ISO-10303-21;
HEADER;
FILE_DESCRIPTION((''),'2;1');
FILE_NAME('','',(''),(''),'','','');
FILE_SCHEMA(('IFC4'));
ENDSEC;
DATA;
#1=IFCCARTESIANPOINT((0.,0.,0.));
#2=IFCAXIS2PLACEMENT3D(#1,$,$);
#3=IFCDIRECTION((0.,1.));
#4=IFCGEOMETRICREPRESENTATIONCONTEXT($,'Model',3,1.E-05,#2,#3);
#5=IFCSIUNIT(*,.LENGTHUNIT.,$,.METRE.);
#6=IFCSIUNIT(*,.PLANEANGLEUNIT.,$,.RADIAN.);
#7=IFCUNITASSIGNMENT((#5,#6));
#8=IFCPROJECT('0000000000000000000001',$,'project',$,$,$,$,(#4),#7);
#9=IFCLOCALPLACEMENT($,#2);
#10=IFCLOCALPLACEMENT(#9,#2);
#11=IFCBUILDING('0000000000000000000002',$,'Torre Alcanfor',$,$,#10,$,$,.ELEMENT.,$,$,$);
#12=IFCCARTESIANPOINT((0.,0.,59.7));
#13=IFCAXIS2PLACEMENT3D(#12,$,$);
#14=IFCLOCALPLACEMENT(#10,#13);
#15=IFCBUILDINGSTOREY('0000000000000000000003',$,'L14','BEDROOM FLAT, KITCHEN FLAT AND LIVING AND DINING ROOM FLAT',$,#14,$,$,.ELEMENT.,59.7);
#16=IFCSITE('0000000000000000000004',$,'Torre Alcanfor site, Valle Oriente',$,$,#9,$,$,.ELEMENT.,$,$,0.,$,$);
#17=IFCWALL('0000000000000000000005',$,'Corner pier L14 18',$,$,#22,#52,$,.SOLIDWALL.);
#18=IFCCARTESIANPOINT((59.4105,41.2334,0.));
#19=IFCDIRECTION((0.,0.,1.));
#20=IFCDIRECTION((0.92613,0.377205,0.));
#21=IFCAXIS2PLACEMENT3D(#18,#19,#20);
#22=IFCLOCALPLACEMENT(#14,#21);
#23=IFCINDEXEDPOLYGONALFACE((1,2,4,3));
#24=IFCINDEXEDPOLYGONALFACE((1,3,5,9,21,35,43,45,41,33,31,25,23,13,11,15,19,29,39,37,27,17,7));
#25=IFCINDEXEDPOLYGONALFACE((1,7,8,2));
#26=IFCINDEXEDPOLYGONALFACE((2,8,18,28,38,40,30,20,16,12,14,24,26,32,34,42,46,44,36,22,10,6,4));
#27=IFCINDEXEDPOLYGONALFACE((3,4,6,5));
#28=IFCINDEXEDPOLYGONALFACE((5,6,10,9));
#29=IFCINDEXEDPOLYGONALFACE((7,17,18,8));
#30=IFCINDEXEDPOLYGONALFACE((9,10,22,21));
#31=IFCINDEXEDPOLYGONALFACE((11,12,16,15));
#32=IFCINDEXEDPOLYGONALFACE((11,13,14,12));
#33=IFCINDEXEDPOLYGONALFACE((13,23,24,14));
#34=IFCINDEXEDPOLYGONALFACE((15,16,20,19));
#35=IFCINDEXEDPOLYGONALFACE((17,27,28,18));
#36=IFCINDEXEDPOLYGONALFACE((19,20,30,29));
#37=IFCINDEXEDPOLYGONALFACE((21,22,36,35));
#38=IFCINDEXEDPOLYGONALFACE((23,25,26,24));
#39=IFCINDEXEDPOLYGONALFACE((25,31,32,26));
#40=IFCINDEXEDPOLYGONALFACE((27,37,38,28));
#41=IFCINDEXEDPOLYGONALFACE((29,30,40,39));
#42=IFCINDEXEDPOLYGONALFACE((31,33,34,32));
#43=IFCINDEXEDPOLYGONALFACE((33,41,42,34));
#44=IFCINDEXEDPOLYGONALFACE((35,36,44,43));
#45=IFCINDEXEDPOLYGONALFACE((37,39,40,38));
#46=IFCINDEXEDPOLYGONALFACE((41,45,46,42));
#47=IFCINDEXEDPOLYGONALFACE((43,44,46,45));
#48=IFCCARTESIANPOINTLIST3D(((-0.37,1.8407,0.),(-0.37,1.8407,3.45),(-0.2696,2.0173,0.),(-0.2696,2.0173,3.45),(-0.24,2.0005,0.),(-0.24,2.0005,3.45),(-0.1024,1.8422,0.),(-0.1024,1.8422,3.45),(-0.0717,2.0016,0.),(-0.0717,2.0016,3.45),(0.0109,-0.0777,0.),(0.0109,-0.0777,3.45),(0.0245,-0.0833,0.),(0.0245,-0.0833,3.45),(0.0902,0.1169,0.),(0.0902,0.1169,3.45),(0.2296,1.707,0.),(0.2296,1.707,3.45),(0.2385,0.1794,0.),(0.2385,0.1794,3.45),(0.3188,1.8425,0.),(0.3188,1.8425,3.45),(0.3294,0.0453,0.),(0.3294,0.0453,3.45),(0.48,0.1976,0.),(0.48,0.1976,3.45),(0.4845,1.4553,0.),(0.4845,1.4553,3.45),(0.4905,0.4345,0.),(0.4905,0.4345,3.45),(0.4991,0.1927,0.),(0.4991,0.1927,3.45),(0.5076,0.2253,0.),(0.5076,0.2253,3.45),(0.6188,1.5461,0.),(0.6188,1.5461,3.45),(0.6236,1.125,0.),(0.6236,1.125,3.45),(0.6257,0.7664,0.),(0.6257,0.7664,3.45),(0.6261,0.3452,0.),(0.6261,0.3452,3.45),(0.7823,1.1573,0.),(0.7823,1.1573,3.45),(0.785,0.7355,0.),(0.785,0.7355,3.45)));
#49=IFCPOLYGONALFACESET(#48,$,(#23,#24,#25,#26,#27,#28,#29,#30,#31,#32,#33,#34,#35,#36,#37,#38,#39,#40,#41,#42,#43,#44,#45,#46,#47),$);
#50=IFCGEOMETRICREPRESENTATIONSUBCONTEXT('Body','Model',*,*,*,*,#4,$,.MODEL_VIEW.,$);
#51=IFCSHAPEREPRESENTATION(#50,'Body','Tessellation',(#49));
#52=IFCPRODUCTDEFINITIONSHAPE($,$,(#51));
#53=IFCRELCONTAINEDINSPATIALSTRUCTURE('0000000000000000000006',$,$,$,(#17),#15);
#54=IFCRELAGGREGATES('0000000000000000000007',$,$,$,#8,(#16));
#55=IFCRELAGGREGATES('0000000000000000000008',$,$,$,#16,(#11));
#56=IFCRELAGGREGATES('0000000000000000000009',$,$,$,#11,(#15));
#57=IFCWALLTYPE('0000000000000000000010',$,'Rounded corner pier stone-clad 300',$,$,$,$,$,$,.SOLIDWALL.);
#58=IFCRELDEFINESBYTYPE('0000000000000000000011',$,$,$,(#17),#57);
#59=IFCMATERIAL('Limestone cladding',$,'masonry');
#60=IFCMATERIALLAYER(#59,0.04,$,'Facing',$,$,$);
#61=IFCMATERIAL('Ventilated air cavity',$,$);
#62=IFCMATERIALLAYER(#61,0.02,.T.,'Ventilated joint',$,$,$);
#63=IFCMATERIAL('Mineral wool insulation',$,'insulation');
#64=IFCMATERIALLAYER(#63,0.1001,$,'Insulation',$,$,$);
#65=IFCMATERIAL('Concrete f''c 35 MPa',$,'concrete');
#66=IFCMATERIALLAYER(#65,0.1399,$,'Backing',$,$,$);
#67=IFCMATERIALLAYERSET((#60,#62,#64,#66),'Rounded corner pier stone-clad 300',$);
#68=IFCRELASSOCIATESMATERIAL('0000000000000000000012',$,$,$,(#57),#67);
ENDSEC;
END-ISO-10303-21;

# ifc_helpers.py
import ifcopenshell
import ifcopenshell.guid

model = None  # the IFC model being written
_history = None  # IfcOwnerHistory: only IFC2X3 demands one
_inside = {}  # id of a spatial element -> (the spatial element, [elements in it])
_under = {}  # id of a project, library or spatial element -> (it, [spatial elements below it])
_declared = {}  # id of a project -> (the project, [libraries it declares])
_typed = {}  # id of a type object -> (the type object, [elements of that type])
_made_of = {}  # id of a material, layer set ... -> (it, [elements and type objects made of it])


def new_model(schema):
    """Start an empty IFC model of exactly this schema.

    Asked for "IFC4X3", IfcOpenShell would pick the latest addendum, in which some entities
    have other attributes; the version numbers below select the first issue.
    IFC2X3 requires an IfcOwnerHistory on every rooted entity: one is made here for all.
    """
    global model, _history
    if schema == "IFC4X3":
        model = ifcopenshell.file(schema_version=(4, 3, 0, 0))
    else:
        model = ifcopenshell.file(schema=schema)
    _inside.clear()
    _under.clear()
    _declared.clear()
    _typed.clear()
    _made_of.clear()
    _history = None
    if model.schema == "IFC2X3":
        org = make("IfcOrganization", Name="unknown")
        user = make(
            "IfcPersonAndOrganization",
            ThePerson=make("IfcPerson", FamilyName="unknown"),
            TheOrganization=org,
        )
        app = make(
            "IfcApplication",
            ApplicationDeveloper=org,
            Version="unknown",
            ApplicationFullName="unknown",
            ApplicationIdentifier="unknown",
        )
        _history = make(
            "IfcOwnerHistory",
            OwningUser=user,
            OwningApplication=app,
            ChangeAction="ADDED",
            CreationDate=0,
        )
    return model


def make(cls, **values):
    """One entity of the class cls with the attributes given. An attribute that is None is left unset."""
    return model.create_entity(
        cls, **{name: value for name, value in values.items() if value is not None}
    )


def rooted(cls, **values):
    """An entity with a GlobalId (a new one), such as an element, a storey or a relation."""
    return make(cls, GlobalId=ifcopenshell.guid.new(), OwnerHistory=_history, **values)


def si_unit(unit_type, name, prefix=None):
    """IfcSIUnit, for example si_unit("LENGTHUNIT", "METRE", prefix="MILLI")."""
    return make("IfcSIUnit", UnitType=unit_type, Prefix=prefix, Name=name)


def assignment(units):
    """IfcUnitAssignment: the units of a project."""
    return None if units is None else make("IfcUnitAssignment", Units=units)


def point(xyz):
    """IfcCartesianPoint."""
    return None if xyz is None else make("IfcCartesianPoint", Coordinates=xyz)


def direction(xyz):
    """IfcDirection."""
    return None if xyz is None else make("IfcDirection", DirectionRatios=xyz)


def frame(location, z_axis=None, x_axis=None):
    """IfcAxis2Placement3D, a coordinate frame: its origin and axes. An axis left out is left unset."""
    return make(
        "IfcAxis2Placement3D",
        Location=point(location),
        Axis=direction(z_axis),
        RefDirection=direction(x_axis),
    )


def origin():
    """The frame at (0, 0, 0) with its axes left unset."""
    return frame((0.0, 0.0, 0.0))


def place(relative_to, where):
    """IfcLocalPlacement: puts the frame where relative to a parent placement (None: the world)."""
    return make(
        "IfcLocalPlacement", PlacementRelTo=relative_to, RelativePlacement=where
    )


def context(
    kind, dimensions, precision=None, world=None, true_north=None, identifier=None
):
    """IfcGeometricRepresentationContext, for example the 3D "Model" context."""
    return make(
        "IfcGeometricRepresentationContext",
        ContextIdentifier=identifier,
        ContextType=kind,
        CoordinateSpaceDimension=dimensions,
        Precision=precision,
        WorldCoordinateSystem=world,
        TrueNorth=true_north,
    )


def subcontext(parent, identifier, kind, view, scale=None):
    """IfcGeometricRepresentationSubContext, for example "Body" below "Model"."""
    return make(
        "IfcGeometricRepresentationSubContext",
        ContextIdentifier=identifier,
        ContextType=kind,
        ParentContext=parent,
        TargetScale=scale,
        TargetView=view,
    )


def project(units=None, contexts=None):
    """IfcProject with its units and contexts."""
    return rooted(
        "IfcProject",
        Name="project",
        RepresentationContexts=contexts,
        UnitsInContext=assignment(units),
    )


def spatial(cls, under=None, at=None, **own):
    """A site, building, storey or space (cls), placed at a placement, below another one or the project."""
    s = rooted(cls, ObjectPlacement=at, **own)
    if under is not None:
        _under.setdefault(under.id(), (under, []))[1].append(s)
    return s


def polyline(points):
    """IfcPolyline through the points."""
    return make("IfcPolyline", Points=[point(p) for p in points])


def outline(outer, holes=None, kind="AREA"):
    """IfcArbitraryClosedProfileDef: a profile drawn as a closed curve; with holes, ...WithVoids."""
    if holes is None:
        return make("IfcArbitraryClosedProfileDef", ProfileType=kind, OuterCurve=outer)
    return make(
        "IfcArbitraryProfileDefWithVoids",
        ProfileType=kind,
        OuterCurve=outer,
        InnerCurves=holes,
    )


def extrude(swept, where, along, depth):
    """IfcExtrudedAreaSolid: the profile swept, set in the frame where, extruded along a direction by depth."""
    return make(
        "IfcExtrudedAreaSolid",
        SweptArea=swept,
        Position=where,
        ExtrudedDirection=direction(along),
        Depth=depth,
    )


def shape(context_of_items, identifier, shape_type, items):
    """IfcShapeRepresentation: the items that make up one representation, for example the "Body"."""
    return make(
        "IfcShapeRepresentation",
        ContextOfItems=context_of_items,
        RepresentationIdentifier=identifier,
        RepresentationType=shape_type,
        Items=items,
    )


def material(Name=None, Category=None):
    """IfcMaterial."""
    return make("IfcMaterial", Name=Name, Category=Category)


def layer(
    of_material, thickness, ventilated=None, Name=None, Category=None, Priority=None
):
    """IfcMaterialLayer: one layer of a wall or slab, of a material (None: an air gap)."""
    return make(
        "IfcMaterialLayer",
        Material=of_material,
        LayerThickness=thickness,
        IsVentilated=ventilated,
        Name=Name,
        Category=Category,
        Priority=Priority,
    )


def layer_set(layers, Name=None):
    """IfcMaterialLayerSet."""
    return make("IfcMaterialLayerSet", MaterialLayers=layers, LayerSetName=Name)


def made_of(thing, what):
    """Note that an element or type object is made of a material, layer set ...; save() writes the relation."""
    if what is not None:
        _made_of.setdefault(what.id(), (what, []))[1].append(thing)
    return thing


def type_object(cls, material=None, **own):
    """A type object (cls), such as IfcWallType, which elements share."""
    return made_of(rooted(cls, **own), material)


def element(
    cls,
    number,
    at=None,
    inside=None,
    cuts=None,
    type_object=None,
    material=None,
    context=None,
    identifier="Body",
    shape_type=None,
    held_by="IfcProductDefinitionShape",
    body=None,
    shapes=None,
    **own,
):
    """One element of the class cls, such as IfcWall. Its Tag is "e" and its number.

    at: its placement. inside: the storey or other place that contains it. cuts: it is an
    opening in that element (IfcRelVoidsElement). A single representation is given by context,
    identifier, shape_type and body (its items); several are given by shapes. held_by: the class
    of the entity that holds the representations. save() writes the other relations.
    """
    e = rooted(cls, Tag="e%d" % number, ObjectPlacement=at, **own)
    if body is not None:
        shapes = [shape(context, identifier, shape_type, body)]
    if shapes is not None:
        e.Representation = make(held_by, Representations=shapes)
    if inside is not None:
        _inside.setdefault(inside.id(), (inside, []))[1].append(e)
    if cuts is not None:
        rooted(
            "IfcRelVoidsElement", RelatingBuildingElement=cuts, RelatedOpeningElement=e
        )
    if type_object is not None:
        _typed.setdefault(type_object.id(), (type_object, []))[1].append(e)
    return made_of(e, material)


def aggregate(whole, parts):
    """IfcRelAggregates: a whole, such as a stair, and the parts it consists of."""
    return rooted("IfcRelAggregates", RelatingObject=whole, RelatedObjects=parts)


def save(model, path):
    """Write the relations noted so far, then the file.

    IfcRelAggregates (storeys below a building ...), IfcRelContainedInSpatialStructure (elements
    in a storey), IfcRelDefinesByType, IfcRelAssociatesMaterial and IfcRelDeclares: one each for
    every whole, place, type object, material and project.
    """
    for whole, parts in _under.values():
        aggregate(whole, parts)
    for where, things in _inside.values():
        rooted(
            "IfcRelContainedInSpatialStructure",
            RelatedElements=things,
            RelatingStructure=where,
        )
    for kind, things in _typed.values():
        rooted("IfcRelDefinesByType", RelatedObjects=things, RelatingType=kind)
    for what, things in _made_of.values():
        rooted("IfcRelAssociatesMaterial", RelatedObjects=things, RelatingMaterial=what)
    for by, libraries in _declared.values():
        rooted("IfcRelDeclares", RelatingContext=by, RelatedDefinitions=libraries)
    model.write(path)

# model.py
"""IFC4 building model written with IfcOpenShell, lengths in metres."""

from ifc_helpers import new_model, si_unit, direction, frame, origin, place, context, subcontext, project, spatial, polyline, outline, extrude, material, layer, layer_set, type_object, element, save


model = new_model("IFC4")

# Units and contexts
model_context = context("Model", 3, precision=1e-05, world=origin(), true_north=direction((0.0, 1.0)))
body_context = subcontext(model_context, "Body", "Model", "MODEL_VIEW")
ifc_project = project(units=[si_unit("LENGTHUNIT", "METRE"), si_unit("PLANEANGLEUNIT", "RADIAN")], contexts=[model_context])

# Site, building, storey
site_placement = place(None, origin())
site = spatial("IfcSite", under=ifc_project, at=site_placement, Name="Torre Alcanfor site, Valle Oriente", CompositionType="ELEMENT", RefElevation=0.0)
building_placement = place(site_placement, origin())
building = spatial("IfcBuilding", under=site, at=building_placement, Name="Torre Alcanfor", CompositionType="ELEMENT")
storey_placement = place(building_placement, frame((0.0, 0.0, 59.7)))
storey = spatial("IfcBuildingStorey", under=building, at=storey_placement, Name="L14", Description="BEDROOM FLAT, KITCHEN FLAT AND LIVING AND DINING ROOM FLAT", CompositionType="ELEMENT", Elevation=59.7)

# Wall
ifc_material_1 = material(Name="Limestone cladding", Category="masonry")
ifc_layer_1 = layer(ifc_material_1, 0.04, Name="Facing")
ifc_material_2 = material(Name="Ventilated air cavity")
ifc_layer_2 = layer(ifc_material_2, 0.02, ventilated=True, Name="Ventilated joint")
ifc_material_3 = material(Name="Mineral wool insulation", Category="insulation")
ifc_layer_3 = layer(ifc_material_3, 0.1001, Name="Insulation")
ifc_material_4 = material(Name="Concrete f'c 35 MPa", Category="concrete")
ifc_layer_4 = layer(ifc_material_4, 0.1399, Name="Backing")
ifc_layer_set_1 = layer_set([ifc_layer_1, ifc_layer_2, ifc_layer_3, ifc_layer_4], Name="Rounded corner pier stone-clad 300")
wall_type_1 = type_object("IfcWallType", Name="Rounded corner pier stone-clad 300", PredefinedType="SOLIDWALL", material=ifc_layer_set_1)
wall_1_placement = place(storey_placement, frame((59.4105, 41.2334, 0.0), z_axis=(0.0, 0.0, 1.0), x_axis=(0.92613, 0.377205, 0.0)))
element("IfcWall", 1, at=wall_1_placement, inside=storey, type_object=wall_type_1, Name="Corner pier L14 18", PredefinedType="SOLIDWALL", context=body_context, shape_type="SweptSolid", body=[
    extrude(outline(polyline([(0.6261, 0.3452), (0.785, 0.7355), (0.7823, 1.1573), (0.6188, 1.5461), (0.3188, 1.8425), (-0.0717, 2.0016), (-0.24, 2.0005), (-0.2696, 2.0173), (-0.37, 1.8407), (-0.1024, 1.8422), (0.2296, 1.707), (0.4845, 1.4553), (0.6236, 1.125), (0.6257, 0.7664), (0.4905, 0.4345), (0.2385, 0.1794), (0.0902, 0.1169), (0.0109, -0.0777), (0.0245, -0.0833), (0.3294, 0.0453), (0.48, 0.1976), (0.4991, 0.1927), (0.5076, 0.2253), (0.6261, 0.3452)])), origin(), (0.0, 0.0, 1.0), 3.45),
])

save(model, "model.ifc")
